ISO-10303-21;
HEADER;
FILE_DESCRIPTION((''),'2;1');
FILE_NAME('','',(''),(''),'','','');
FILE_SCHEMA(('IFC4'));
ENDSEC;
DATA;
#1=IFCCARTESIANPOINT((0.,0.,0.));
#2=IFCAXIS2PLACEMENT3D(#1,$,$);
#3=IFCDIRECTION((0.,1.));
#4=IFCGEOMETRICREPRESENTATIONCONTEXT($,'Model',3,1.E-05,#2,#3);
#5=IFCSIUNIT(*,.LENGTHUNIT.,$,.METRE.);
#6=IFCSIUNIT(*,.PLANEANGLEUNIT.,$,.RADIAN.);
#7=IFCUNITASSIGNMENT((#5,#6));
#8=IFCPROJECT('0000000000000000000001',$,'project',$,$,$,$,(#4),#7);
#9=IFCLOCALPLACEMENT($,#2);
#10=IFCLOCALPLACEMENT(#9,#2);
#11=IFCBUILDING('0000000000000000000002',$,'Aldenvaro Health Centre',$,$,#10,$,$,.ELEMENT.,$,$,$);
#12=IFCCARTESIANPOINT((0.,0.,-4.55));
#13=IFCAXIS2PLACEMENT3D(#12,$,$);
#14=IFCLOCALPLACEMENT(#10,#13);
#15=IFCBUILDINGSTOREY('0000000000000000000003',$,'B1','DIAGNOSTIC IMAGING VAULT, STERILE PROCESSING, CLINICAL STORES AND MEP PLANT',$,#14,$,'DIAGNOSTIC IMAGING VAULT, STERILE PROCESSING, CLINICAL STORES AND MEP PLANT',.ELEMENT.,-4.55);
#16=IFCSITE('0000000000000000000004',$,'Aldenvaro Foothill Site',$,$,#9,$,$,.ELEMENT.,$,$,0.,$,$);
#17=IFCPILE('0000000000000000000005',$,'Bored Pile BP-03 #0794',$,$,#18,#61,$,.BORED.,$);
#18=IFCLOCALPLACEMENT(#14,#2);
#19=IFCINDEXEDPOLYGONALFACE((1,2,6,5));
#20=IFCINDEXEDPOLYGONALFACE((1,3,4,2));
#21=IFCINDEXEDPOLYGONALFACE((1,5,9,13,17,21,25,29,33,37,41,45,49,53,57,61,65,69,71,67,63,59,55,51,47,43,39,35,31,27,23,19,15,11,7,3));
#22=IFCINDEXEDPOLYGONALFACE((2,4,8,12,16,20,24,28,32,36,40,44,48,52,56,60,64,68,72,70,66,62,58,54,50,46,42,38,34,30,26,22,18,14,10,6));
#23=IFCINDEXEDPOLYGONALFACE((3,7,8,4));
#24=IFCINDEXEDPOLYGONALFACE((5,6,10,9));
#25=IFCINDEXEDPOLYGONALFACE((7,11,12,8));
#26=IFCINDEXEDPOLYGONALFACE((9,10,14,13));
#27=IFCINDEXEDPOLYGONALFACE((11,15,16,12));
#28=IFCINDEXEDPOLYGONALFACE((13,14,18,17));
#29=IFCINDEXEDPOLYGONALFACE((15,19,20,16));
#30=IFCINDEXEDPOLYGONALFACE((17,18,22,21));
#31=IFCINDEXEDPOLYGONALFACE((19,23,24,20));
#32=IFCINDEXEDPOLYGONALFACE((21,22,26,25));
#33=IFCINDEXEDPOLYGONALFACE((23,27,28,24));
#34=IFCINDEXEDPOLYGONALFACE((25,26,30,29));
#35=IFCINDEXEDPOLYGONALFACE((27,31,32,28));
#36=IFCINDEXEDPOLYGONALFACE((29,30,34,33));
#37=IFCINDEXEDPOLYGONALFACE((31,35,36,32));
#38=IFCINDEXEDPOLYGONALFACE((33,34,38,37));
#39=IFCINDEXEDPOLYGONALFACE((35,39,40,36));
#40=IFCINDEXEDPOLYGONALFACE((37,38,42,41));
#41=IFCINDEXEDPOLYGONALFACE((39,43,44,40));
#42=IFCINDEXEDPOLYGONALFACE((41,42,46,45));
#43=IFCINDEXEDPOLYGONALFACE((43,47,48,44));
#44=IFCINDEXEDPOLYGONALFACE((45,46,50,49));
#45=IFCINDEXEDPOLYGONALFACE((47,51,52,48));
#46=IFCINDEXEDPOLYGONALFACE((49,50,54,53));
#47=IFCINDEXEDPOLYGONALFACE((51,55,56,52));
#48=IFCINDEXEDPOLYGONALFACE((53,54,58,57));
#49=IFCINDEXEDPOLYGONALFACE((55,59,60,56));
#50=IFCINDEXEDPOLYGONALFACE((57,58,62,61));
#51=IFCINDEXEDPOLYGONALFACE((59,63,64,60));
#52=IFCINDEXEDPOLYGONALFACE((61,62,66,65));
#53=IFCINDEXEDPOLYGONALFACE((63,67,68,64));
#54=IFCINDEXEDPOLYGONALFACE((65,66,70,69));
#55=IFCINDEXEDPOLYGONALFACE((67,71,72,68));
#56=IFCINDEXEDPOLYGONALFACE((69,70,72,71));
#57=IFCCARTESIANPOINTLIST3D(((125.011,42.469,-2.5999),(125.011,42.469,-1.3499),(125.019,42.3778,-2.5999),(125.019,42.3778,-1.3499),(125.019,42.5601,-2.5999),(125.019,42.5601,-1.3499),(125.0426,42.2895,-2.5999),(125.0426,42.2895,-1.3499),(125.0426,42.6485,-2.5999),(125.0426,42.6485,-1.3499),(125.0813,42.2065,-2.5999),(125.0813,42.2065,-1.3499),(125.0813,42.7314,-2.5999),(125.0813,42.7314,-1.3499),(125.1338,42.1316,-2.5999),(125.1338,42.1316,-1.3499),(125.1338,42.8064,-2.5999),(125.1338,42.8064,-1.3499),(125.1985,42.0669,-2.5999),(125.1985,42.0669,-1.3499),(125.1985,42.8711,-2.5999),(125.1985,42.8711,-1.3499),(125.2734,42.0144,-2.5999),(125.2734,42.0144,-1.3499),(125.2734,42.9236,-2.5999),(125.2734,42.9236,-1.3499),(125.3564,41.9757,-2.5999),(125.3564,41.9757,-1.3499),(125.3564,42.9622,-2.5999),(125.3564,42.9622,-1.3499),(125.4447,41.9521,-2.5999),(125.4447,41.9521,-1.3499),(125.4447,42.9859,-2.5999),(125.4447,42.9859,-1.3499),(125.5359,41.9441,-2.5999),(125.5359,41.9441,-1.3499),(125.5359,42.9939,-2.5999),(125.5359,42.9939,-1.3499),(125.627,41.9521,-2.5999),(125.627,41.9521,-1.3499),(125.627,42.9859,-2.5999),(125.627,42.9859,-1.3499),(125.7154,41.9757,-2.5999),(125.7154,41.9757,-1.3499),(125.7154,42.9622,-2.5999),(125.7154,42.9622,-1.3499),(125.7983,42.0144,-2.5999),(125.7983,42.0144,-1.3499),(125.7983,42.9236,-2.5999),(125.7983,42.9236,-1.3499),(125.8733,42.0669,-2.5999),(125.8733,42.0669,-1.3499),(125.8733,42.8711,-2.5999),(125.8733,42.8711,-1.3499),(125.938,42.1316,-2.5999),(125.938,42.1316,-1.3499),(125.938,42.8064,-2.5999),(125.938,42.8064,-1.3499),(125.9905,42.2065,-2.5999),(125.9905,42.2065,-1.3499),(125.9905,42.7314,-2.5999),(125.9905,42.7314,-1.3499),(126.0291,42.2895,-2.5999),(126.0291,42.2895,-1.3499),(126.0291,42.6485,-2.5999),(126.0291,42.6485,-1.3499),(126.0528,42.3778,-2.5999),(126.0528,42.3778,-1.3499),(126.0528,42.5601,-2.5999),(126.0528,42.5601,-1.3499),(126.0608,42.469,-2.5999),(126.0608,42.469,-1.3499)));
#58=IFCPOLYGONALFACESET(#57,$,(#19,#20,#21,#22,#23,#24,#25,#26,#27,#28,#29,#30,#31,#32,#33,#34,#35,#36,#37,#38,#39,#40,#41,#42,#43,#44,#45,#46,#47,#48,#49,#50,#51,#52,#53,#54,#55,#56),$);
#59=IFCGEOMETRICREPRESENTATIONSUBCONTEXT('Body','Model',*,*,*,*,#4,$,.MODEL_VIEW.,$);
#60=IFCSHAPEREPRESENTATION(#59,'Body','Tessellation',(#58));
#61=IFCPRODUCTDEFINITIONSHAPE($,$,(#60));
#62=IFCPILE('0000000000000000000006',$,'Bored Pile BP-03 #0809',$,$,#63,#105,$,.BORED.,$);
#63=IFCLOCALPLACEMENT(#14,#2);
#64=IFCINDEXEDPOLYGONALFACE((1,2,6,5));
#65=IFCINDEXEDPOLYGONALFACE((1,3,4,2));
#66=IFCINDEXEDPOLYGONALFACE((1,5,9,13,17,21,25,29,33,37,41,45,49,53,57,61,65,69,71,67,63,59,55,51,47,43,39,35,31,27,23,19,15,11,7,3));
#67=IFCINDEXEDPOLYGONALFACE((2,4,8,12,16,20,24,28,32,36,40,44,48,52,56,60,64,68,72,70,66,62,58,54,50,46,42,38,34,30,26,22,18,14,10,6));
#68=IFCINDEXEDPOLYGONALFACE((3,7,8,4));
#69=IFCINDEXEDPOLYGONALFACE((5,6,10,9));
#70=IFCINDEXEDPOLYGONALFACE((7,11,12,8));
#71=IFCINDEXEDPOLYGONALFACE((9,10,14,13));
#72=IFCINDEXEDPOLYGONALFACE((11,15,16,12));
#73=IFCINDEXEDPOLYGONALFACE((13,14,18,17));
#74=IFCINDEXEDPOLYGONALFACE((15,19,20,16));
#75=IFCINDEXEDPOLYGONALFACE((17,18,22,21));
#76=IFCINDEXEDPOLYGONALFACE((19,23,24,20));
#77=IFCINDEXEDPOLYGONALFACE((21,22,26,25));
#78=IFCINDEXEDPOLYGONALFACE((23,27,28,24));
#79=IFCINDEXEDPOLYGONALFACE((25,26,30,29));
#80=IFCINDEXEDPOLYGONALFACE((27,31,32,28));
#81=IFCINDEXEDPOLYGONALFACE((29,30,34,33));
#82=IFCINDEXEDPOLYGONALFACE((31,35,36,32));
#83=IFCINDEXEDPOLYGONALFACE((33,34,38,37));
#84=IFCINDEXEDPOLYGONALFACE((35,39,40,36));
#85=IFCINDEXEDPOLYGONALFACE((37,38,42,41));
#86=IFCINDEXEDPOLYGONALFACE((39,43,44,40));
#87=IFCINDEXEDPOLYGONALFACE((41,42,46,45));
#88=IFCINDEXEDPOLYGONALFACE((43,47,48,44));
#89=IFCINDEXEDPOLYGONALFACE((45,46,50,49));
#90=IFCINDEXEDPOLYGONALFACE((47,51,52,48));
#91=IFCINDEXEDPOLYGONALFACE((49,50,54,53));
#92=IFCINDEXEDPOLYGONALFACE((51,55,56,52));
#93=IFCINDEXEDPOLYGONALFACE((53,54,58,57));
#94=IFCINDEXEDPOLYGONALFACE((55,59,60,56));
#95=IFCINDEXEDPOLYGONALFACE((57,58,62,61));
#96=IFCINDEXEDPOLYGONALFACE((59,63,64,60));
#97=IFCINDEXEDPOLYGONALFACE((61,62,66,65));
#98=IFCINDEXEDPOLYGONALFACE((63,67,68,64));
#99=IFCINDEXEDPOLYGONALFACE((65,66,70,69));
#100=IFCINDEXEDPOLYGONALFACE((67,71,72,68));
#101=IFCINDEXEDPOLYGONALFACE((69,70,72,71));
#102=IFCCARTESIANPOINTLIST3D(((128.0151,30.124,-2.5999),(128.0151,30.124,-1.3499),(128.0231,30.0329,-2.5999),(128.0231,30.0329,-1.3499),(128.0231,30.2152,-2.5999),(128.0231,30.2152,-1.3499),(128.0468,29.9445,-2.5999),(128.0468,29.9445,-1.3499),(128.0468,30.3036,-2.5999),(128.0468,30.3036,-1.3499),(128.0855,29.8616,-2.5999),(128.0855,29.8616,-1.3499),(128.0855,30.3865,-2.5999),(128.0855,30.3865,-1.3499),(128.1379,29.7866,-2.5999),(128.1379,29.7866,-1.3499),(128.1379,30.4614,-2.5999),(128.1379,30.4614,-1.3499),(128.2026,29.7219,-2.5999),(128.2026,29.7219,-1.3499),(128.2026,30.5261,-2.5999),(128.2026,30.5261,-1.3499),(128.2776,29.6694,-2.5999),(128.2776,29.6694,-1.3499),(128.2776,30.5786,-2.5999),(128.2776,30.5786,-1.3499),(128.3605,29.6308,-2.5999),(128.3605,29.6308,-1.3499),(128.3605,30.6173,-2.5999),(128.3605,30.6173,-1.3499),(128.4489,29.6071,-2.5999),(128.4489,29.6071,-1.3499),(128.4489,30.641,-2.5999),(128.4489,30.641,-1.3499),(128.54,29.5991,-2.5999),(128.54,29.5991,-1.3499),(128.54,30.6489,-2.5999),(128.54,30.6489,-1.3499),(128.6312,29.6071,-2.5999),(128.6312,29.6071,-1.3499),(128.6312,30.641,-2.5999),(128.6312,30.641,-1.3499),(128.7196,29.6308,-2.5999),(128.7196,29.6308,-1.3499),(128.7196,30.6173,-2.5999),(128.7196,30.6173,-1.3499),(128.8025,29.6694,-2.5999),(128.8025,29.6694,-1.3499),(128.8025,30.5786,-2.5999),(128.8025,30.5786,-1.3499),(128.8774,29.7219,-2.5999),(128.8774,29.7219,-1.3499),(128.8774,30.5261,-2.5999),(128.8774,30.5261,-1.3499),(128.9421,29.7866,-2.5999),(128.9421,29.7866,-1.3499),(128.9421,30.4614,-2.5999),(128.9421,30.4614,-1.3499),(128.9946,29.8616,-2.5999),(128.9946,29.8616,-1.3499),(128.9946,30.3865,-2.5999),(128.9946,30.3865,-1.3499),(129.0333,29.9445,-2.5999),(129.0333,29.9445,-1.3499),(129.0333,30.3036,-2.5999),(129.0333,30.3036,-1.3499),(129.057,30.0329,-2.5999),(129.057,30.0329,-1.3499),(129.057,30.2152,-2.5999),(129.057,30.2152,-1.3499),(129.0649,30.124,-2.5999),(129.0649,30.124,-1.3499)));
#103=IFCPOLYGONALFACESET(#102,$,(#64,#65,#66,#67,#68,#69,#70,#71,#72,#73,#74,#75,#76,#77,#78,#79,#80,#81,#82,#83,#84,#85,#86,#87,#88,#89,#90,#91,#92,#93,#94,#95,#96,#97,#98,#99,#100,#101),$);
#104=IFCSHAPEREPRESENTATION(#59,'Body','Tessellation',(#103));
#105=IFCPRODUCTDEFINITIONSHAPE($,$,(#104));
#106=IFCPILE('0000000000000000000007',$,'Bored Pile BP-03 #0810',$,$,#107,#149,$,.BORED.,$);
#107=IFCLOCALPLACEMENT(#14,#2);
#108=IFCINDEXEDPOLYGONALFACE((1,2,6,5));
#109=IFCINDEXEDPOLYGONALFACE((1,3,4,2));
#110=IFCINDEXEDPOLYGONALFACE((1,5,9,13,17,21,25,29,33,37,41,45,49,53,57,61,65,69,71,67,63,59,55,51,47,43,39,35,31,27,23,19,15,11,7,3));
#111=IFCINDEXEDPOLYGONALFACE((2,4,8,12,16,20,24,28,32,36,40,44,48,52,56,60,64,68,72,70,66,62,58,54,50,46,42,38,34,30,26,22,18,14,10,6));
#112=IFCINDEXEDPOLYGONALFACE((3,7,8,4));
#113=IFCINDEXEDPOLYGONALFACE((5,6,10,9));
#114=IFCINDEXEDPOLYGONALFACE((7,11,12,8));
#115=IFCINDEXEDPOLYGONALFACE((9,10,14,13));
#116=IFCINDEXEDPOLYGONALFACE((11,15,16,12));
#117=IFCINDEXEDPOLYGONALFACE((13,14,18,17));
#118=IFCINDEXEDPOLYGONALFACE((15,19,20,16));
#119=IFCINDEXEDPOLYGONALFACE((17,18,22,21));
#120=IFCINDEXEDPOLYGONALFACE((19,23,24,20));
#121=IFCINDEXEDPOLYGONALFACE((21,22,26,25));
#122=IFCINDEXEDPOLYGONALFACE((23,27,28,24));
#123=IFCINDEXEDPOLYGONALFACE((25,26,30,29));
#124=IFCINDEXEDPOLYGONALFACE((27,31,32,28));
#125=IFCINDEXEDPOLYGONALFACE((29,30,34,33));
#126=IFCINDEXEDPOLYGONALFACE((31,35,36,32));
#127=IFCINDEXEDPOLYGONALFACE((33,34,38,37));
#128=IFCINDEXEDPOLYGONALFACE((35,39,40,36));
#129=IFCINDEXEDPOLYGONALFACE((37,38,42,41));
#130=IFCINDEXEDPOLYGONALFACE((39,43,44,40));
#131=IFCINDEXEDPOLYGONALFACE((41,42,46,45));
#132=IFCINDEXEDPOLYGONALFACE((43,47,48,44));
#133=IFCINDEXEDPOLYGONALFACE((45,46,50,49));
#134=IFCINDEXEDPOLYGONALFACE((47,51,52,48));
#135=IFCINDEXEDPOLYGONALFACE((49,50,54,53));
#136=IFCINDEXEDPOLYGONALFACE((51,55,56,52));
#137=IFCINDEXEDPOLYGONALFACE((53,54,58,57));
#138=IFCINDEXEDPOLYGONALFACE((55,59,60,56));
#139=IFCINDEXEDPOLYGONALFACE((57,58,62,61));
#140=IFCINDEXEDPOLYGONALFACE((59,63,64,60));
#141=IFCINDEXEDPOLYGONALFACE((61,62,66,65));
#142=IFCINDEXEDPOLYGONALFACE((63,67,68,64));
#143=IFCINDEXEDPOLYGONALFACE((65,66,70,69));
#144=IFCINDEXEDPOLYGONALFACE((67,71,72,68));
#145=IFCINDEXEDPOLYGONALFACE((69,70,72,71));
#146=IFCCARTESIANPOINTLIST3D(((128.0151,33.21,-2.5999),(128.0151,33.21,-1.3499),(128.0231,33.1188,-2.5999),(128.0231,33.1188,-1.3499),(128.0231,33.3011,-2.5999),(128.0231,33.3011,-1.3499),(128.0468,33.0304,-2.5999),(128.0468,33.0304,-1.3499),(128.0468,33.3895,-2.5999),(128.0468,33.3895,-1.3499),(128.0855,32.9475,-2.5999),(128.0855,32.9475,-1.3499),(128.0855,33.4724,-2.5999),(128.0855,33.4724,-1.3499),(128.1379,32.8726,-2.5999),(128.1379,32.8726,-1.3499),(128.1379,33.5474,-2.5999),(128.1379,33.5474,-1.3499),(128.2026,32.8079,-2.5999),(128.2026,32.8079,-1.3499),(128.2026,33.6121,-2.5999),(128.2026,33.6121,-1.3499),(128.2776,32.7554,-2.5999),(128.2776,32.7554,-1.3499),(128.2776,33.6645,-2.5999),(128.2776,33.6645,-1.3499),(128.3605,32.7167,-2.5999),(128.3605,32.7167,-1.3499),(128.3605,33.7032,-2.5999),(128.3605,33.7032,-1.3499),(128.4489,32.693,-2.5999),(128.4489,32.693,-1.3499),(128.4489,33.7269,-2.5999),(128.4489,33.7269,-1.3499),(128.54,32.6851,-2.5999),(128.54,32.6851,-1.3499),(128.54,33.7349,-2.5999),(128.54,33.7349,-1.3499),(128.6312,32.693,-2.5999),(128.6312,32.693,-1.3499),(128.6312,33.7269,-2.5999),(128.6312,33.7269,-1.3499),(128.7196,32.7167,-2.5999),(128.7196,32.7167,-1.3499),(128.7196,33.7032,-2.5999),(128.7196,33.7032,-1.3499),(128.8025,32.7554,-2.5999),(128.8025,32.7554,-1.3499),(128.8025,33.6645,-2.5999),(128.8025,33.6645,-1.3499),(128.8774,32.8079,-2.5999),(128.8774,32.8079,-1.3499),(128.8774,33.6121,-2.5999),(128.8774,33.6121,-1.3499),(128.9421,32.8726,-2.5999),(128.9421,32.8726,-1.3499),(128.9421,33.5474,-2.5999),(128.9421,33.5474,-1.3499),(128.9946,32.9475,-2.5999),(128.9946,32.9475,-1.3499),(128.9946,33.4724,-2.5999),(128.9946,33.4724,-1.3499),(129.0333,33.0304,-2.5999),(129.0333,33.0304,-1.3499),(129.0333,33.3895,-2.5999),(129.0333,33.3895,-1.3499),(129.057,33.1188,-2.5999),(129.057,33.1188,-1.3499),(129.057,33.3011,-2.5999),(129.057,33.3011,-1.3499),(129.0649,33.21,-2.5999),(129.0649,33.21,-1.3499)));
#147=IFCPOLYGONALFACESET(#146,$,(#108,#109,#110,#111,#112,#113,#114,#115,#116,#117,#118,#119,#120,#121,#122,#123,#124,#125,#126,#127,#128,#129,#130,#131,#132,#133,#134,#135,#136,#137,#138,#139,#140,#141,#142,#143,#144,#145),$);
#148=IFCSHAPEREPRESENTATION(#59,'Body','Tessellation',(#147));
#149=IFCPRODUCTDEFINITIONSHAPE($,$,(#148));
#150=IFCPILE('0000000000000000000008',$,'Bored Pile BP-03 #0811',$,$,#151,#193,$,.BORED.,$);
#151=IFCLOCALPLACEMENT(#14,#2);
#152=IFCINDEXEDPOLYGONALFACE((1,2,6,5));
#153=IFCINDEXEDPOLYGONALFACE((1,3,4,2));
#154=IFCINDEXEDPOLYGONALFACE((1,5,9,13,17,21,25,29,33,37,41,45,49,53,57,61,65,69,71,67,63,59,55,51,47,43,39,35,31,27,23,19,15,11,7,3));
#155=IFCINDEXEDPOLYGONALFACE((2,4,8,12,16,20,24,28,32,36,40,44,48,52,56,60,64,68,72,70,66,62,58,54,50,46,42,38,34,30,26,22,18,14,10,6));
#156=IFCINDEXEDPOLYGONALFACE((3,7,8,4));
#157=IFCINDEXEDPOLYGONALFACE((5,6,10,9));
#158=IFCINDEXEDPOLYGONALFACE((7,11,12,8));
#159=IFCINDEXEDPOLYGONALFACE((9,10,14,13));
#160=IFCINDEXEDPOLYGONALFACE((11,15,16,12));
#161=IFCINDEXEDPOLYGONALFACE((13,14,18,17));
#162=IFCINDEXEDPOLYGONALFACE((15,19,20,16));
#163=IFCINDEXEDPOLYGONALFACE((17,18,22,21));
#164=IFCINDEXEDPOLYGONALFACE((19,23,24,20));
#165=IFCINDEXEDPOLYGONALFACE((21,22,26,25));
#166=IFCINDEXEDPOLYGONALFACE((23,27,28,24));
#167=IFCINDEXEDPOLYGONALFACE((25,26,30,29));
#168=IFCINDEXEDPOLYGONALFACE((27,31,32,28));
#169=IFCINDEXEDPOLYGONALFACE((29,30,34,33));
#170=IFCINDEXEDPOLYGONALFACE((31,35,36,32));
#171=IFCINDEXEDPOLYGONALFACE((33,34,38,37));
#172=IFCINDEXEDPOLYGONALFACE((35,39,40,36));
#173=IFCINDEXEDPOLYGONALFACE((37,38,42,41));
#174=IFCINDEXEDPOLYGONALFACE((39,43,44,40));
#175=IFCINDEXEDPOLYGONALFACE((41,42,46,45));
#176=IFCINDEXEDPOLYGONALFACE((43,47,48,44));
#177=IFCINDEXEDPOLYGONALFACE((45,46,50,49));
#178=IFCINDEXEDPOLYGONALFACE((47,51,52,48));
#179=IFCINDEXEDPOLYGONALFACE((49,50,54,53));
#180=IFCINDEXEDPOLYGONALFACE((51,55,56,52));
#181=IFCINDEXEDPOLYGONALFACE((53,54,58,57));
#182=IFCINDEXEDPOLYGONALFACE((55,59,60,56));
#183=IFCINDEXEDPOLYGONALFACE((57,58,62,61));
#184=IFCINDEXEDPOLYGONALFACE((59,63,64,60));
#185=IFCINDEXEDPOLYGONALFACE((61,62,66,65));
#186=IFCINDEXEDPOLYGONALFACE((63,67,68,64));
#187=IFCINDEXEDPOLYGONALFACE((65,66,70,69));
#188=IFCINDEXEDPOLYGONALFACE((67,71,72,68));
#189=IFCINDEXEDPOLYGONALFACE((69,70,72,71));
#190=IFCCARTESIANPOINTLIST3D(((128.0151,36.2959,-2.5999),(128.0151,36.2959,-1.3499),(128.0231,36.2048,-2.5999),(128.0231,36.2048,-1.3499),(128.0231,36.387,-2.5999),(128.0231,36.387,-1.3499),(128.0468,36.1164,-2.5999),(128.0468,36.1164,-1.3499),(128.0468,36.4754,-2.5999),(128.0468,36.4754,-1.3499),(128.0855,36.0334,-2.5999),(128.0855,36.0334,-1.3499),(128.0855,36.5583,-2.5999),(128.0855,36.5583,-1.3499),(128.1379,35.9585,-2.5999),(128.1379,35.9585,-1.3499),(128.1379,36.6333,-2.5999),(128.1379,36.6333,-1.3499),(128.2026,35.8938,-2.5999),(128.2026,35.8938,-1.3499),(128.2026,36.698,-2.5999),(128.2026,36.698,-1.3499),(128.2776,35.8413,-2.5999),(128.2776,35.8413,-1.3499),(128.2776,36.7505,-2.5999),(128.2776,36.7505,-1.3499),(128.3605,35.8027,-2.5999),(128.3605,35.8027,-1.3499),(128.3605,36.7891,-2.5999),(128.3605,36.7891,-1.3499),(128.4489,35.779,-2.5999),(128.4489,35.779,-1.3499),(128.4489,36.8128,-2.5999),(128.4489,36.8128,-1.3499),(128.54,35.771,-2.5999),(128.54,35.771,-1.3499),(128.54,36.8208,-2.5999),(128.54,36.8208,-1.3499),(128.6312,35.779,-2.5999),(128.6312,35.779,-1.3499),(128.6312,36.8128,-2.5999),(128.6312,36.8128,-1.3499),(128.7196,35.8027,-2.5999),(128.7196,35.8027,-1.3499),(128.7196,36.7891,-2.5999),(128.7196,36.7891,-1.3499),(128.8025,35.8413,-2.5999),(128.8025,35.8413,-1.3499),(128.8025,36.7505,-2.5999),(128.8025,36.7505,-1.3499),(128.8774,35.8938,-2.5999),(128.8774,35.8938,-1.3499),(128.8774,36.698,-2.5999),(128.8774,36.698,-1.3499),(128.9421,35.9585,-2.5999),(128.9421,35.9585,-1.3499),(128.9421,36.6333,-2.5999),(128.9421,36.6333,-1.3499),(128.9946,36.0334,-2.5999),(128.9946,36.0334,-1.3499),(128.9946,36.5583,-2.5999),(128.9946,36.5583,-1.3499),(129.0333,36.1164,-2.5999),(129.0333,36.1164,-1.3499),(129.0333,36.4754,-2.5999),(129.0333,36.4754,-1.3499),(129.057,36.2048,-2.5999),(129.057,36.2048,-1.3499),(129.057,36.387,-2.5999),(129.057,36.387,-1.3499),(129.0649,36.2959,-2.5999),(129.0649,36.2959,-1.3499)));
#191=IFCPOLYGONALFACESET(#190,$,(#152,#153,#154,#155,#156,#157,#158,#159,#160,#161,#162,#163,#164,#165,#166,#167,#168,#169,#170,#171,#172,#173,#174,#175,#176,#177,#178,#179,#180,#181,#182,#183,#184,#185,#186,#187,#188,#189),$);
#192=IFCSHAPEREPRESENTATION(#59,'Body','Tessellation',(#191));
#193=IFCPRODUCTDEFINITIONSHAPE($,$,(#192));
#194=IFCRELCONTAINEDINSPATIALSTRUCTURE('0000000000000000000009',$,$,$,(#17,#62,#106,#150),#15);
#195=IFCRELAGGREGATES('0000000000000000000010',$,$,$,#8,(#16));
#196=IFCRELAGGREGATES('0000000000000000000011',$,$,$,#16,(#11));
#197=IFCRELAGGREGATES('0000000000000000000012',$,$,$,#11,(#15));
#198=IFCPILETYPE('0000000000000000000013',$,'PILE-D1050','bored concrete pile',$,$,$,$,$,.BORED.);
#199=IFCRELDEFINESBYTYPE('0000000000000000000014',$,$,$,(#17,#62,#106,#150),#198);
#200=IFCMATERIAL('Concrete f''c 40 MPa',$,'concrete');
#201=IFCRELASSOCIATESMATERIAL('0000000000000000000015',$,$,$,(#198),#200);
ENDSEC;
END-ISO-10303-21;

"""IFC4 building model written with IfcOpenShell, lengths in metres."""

from ifc_helpers import new_model, si_unit, direction, frame, origin, origin_2d, place, context, subcontext, project, spatial, circle, extrude, material, material_profile, profile_set, type_object, element, save


model = new_model("IFC4")

# Units and contexts
model_context = context("Model", 3, precision=1e-05, world=origin(), true_north=direction((0.0, 1.0)))
body_context = subcontext(model_context, "Body", "Model", "MODEL_VIEW")
ifc_project = project(units=[si_unit("LENGTHUNIT", "METRE"), si_unit("PLANEANGLEUNIT", "RADIAN")], contexts=[model_context])

# Site, building, storey
site_placement = place(None, origin())
site = spatial("IfcSite", under=ifc_project, at=site_placement, Name="Aldenvaro Foothill Site", CompositionType="ELEMENT", RefElevation=0.0)
building_placement = place(site_placement, origin())
building = spatial("IfcBuilding", under=site, at=building_placement, Name="Aldenvaro Health Centre", CompositionType="ELEMENT")
storey_placement = place(building_placement, frame((0.0, 0.0, -4.55)))
storey = spatial("IfcBuildingStorey", under=building, at=storey_placement, Name="B1", Description="DIAGNOSTIC IMAGING VAULT, STERILE PROCESSING, CLINICAL STORES AND MEP PLANT", LongName="DIAGNOSTIC IMAGING VAULT, STERILE PROCESSING, CLINICAL STORES AND MEP PLANT", CompositionType="ELEMENT", Elevation=-4.55)

# Piles
ifc_material = material(Name="Concrete f'c 40 MPa", Category="concrete")
ifc_material_profile_1 = material_profile(ifc_material, circle(Radius=0.5249, at=origin_2d()), Name="PILE D1050", Category="concrete")
ifc_profile_set_1 = profile_set([ifc_material_profile_1], Name="Concrete f'c 40 MPa")
pile_type = type_object("IfcPileType", Name="PILE-D1050", Description="bored concrete pile", PredefinedType="BORED", material=ifc_profile_set_1)
for number, where, z_axis, x_axis, name in (
    (1, (125.5359, 42.469, -1.3499), (0.0, 0.0, -1.0), (1.0, 0.0, 0.0), "Bored Pile BP-03 #0794"),
    (2, (128.54, 30.124, -1.3499), (0.0, 0.0, -1.0), (1.0, 0.0, 0.0), "Bored Pile BP-03 #0809"),
    (3, (128.54, 33.21, -1.3499), (0.0, 0.0, -1.0), (1.0, 0.0, 0.0), "Bored Pile BP-03 #0810"),
    (4, (128.54, 36.2959, -1.3499), (0.0, 0.0, -1.0), (1.0, 0.0, 0.0), "Bored Pile BP-03 #0811"),
):
    element("IfcPile", number, at=place(storey_placement, frame(where, z_axis=z_axis, x_axis=x_axis)), inside=storey, type_object=pile_type, Name=name, PredefinedType="BORED", context=body_context, shape_type="SweptSolid", body=[
        extrude(circle(Radius=0.5249, at=origin_2d()), origin(), (0.0, 0.0, 1.0), 1.25),
    ])

save(model, "model.ifc")
